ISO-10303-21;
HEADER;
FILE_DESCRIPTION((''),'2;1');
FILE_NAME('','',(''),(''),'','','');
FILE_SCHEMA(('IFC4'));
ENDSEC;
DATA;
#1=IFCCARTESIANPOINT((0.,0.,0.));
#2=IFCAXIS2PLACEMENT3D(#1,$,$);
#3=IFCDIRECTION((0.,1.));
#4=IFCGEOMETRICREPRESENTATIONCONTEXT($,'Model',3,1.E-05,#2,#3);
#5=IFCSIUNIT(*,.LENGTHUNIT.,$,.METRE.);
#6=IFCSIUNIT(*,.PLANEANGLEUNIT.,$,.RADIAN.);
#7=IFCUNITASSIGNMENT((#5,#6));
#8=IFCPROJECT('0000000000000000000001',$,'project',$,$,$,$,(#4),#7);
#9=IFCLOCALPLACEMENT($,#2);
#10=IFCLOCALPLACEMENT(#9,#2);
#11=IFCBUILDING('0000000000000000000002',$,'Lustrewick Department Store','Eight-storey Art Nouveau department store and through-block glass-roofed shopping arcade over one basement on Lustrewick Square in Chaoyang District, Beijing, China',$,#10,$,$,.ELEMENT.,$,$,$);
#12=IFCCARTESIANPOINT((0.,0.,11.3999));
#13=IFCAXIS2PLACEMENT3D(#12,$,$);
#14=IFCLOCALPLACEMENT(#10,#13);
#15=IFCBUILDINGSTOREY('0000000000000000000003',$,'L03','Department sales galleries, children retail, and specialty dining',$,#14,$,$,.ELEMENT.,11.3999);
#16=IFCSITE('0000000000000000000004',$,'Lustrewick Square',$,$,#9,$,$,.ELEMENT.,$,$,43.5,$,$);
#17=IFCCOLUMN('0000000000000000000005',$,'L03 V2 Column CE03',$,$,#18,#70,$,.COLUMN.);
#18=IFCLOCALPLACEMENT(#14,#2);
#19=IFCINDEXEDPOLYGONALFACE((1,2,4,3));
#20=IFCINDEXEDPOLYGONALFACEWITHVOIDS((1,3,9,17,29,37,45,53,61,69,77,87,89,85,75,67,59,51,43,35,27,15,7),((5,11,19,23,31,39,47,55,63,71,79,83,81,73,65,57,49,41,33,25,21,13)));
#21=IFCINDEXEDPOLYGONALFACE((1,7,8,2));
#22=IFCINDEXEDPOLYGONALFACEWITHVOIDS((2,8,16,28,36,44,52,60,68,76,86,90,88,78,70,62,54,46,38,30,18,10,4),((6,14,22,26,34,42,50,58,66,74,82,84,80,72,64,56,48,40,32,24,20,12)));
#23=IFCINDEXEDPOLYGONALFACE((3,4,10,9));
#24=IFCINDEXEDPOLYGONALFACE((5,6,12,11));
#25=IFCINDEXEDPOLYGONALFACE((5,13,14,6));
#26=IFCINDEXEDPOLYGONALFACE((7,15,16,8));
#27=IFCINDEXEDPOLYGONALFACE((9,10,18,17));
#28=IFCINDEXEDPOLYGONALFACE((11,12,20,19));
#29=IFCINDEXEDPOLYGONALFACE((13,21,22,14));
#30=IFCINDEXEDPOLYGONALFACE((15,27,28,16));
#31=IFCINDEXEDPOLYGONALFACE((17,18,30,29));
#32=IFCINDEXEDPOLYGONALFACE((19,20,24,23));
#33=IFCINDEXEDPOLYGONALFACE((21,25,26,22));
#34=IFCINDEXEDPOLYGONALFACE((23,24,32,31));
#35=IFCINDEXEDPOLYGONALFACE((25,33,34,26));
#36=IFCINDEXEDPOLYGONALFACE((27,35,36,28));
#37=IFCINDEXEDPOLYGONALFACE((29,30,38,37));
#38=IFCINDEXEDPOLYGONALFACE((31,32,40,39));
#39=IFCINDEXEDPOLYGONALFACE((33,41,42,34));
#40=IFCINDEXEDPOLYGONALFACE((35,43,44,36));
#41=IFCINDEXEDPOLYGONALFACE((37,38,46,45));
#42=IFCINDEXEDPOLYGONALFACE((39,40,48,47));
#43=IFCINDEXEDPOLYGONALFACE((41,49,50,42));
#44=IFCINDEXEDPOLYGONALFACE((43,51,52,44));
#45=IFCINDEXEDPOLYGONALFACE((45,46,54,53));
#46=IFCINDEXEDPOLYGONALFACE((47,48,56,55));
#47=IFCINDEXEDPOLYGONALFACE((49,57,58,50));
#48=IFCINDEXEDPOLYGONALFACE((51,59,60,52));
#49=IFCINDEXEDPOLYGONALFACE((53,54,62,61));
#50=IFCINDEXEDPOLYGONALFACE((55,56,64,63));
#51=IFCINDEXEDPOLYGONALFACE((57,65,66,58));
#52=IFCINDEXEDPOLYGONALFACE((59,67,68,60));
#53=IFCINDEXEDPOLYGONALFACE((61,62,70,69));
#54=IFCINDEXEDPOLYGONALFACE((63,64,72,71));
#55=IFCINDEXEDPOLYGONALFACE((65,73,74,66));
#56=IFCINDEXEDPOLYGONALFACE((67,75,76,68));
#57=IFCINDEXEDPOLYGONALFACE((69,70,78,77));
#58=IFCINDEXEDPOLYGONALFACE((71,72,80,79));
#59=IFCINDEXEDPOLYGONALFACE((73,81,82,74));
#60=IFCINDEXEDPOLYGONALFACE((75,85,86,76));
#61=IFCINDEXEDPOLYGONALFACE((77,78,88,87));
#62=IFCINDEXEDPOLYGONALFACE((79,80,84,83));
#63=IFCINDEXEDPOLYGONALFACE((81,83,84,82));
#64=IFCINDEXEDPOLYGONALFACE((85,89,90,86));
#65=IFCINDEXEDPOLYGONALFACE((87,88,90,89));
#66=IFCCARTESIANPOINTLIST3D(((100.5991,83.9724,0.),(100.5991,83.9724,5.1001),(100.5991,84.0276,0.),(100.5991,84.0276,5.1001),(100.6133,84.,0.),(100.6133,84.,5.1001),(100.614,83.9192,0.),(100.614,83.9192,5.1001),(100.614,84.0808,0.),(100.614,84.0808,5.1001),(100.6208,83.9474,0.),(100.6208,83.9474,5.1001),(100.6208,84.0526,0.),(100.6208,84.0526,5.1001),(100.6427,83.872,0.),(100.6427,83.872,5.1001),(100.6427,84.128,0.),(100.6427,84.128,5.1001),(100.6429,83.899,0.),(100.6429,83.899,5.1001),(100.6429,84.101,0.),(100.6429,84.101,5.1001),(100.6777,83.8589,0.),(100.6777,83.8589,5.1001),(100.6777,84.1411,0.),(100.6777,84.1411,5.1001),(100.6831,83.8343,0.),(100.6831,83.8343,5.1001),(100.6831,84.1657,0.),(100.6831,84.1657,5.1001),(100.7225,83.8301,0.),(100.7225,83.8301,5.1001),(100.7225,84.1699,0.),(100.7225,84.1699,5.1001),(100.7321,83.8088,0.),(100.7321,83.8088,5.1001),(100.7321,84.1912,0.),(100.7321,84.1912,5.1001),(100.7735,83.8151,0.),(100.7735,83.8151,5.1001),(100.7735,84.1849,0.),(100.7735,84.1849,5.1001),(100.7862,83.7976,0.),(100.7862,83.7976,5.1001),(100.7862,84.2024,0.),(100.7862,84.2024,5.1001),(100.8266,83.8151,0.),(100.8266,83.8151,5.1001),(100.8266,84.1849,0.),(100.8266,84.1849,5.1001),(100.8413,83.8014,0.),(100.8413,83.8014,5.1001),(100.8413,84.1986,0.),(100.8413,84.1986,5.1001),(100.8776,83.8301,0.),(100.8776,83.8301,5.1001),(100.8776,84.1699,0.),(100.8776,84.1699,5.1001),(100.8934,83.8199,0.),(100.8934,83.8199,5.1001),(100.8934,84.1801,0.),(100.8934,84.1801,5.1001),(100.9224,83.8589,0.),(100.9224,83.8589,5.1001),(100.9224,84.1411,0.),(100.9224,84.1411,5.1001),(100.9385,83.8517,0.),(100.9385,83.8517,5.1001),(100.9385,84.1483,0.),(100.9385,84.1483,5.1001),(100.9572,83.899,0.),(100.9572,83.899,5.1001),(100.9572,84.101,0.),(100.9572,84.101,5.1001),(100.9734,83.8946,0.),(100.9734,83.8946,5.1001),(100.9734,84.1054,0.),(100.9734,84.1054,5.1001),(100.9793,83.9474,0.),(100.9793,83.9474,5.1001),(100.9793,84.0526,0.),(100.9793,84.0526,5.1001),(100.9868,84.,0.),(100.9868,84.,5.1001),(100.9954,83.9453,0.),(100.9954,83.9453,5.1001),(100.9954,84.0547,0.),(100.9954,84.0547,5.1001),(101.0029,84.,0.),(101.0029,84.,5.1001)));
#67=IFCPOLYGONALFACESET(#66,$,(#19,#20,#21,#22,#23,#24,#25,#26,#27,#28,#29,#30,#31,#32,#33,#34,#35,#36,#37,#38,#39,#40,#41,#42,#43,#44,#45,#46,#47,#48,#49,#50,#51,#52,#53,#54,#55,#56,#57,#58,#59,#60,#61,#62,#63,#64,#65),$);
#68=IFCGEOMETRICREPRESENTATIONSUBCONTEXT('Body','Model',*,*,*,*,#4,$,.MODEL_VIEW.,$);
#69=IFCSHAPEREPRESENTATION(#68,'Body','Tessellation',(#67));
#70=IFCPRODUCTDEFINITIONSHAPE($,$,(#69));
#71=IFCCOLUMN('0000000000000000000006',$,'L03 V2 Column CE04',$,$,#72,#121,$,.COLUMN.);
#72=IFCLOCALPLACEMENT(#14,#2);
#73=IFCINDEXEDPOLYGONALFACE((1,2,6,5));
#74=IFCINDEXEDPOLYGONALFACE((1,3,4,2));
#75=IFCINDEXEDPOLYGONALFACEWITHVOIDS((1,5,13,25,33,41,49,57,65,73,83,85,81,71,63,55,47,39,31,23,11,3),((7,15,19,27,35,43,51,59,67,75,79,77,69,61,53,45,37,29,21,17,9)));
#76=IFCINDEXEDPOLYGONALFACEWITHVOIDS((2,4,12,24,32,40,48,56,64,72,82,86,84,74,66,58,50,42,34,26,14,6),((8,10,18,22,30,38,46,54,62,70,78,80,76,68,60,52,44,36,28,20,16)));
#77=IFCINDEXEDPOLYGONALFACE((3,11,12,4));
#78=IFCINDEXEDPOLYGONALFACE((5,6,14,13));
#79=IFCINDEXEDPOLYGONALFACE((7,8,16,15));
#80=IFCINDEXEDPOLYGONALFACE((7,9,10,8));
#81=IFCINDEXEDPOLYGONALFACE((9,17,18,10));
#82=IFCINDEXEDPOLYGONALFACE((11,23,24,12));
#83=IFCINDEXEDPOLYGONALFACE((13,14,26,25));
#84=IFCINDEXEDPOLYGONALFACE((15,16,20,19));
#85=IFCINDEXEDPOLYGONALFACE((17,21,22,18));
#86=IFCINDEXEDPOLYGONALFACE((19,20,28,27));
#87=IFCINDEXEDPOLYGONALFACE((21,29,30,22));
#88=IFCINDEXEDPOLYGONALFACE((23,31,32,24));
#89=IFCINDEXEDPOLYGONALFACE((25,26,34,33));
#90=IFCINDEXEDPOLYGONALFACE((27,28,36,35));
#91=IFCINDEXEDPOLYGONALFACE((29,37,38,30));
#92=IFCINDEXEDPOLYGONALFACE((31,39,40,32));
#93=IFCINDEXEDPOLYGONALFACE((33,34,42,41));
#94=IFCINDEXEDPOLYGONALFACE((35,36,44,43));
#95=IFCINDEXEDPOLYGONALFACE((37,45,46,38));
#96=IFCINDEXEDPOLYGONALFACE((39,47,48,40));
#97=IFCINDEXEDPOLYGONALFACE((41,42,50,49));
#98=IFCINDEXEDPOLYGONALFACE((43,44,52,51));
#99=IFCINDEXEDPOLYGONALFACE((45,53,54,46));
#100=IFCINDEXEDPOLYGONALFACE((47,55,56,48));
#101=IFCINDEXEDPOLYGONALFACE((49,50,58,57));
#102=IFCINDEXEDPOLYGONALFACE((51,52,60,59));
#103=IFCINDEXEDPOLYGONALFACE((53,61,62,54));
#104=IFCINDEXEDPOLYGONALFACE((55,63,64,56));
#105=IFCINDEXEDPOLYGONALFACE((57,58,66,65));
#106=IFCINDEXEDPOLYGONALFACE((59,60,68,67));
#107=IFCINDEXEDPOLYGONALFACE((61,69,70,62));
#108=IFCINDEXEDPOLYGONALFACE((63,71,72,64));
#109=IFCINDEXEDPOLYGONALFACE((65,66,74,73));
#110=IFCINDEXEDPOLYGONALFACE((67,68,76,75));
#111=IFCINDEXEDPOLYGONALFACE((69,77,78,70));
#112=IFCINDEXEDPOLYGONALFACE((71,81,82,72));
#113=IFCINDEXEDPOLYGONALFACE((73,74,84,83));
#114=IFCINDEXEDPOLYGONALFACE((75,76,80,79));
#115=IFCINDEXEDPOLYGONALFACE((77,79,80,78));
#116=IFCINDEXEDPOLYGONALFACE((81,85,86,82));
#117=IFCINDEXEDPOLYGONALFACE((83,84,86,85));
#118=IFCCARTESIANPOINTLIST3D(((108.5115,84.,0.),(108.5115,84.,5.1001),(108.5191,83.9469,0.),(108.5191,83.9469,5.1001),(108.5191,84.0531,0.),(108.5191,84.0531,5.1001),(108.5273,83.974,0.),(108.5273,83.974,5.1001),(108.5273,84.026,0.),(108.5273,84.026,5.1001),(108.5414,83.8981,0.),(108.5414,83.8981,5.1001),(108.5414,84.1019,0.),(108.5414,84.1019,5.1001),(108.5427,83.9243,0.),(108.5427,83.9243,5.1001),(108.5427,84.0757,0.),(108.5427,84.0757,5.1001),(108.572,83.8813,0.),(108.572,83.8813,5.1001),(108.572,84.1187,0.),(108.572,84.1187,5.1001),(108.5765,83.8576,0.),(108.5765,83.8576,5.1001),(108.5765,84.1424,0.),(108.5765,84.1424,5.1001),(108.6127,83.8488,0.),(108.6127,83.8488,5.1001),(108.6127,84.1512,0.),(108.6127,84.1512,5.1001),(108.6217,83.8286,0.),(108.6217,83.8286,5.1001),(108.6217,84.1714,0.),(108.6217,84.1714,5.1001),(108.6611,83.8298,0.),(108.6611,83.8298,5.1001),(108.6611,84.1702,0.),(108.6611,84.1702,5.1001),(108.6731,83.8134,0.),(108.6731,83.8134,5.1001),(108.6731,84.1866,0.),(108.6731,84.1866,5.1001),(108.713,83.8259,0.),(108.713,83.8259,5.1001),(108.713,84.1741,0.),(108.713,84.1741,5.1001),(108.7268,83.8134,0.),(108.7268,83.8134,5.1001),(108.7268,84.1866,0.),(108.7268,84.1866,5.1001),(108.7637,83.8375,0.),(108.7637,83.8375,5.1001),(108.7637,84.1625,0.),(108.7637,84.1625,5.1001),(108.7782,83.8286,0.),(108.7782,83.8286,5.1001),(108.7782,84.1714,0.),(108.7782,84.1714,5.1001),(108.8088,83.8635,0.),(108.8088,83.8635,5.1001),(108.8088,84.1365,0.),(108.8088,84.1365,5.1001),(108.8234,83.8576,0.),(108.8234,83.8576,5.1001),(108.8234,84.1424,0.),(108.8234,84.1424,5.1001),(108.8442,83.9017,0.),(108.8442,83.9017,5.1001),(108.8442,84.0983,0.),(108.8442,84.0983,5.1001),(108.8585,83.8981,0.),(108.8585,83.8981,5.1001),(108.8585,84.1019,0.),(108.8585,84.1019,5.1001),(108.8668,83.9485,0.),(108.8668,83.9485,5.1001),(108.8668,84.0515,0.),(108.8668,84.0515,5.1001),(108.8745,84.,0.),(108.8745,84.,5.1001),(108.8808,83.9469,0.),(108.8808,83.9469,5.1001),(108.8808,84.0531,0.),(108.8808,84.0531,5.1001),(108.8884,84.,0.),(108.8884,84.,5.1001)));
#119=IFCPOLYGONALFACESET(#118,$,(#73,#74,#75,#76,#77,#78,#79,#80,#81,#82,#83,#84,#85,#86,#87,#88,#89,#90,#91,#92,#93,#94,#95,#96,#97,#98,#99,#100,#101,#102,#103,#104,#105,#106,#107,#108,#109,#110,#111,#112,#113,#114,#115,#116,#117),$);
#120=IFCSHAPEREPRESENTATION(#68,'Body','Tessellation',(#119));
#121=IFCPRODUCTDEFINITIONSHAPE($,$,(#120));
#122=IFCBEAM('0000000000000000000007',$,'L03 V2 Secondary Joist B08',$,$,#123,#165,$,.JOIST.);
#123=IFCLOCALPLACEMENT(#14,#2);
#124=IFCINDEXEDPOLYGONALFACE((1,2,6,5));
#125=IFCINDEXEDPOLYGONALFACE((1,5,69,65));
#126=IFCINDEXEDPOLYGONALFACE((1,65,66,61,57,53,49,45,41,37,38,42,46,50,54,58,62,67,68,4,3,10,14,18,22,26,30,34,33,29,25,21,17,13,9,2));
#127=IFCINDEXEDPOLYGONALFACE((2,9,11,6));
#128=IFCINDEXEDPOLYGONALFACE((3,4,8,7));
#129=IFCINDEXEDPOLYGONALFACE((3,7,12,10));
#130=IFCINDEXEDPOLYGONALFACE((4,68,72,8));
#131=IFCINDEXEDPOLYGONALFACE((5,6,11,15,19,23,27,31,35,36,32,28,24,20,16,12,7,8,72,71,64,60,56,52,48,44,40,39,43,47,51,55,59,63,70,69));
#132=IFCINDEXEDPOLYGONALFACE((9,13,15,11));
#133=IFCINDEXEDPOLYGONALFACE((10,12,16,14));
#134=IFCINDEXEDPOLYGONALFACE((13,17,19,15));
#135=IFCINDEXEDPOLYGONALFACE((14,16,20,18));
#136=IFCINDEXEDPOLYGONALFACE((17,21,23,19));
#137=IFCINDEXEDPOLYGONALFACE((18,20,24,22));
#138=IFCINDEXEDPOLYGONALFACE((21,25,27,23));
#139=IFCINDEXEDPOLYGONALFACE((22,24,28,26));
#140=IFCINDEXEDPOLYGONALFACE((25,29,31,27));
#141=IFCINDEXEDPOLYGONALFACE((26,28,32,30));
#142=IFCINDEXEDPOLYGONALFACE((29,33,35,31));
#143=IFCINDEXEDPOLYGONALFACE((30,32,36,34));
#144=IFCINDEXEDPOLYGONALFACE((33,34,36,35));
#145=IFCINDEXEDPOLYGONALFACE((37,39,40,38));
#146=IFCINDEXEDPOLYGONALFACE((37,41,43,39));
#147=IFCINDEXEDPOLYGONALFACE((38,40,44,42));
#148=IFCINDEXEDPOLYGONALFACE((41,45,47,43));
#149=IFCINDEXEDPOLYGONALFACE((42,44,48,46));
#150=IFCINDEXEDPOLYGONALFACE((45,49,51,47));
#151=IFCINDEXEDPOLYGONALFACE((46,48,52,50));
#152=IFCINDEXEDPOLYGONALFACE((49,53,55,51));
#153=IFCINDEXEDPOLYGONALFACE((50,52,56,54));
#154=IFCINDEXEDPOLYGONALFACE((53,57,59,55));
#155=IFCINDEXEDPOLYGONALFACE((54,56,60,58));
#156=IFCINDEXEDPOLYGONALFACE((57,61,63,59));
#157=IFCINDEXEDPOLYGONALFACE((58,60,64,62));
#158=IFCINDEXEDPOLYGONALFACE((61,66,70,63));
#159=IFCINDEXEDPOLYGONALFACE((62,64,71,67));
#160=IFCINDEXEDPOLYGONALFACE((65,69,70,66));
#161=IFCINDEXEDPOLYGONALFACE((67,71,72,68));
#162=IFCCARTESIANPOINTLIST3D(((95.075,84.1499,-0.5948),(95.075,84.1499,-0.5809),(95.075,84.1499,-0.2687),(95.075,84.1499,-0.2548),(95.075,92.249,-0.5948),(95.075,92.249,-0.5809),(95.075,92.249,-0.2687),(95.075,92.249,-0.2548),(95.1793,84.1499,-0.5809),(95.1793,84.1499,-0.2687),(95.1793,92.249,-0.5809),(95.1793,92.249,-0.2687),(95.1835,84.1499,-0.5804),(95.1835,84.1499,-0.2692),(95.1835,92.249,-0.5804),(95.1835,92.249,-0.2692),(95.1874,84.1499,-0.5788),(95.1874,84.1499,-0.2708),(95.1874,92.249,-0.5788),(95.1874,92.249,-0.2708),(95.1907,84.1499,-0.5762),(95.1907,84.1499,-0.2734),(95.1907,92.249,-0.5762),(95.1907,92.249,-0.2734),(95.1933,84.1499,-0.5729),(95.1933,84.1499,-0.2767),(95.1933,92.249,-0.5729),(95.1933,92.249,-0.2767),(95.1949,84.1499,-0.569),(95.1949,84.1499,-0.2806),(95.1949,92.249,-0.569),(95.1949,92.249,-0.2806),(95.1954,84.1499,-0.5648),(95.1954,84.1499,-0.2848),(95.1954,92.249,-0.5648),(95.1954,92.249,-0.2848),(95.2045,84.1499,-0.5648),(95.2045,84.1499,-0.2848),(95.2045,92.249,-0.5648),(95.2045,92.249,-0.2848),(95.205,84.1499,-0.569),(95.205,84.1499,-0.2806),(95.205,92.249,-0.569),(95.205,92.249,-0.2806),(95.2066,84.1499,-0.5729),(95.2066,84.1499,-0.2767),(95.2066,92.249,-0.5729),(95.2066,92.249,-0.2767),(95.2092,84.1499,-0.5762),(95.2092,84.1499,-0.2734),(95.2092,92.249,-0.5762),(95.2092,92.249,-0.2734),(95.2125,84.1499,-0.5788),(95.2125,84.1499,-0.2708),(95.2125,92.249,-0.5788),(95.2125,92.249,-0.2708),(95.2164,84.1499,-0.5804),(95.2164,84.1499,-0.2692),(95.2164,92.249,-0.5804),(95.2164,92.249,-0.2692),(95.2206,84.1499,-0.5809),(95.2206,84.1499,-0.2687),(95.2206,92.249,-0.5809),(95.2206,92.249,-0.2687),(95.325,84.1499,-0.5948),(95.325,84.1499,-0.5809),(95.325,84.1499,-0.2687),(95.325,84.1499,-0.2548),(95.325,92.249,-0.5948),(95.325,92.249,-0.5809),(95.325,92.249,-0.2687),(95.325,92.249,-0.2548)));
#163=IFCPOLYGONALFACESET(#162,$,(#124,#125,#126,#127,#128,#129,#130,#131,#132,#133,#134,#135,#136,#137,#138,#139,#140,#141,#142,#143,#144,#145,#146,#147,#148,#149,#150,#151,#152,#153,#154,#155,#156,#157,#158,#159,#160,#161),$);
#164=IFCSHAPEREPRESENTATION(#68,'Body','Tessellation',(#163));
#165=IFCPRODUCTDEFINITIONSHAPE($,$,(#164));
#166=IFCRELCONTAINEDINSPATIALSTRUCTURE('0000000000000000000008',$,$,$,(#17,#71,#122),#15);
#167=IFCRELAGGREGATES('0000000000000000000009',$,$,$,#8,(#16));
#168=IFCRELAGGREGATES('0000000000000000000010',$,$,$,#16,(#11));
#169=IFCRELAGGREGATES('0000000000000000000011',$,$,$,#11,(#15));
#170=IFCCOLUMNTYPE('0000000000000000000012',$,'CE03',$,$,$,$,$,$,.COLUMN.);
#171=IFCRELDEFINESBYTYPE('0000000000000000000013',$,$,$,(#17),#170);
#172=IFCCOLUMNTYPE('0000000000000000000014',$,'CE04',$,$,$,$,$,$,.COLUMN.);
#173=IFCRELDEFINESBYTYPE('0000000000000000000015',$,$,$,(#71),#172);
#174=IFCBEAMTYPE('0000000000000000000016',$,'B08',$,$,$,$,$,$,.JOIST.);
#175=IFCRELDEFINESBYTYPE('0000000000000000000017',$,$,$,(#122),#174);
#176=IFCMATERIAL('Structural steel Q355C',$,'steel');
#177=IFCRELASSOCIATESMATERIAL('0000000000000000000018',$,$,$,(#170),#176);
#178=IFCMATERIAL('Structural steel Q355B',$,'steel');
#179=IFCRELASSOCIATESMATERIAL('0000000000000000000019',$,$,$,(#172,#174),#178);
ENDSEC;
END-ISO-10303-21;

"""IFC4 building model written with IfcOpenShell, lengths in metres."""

from ifc_helpers import new_model, si_unit, direction, frame, origin, origin_2d, place, context, subcontext, project, spatial, hollow_circle, i_section, extrude, material, material_profile, profile_set, type_object, element, save


model = new_model("IFC4")

# Units and contexts
model_context = context("Model", 3, precision=1e-05, world=origin(), true_north=direction((0.0, 1.0)))
body_context = subcontext(model_context, "Body", "Model", "MODEL_VIEW")
ifc_project = project(units=[si_unit("LENGTHUNIT", "METRE"), si_unit("PLANEANGLEUNIT", "RADIAN")], contexts=[model_context])

# Site, building, storey
site_placement = place(None, origin())
site = spatial("IfcSite", under=ifc_project, at=site_placement, Name="Lustrewick Square", CompositionType="ELEMENT", RefElevation=43.5)
building_placement = place(site_placement, origin())
building = spatial("IfcBuilding", under=site, at=building_placement, Name="Lustrewick Department Store", Description="Eight-storey Art Nouveau department store and through-block glass-roofed shopping arcade over one basement on Lustrewick Square in Chaoyang District, Beijing, China", CompositionType="ELEMENT")
storey_placement = place(building_placement, frame((0.0, 0.0, 11.3999)))
storey = spatial("IfcBuildingStorey", under=building, at=storey_placement, Name="L03", Description="Department sales galleries, children retail, and specialty dining", CompositionType="ELEMENT", Elevation=11.3999)

# Columns
ifc_material_1 = material(Name="Structural steel Q355C", Category="steel")
ifc_material_profile_1 = material_profile(ifc_material_1, hollow_circle(Radius=0.2029, WallThickness=0.0161, at=origin_2d()), Name="CHS 406x16")
ifc_profile_set_1 = profile_set([ifc_material_profile_1], Name="Structural steel Q355C")
column_type_1 = type_object("IfcColumnType", Name="CE03", PredefinedType="COLUMN", material=ifc_profile_set_1)
column_1_placement = place(storey_placement, frame((100.8, 84.0, 0.0), z_axis=(0.0, 0.0, 1.0), x_axis=(1.0, 0.0, 0.0)))
element("IfcColumn", 1, at=column_1_placement, inside=storey, type_object=column_type_1, Name="L03 V2 Column CE03", PredefinedType="COLUMN", context=body_context, shape_type="SweptSolid", body=[
    extrude(hollow_circle(Radius=0.2029, WallThickness=0.0161, at=origin_2d()), origin(), (0.0, 0.0, 1.0), 5.1001),
])
ifc_material_2 = material(Name="Structural steel Q355B", Category="steel")
ifc_material_profile_2 = material_profile(ifc_material_2, hollow_circle(Radius=0.1885, WallThickness=0.0139, at=origin_2d()), Name="CHS 377x14")
ifc_profile_set_2 = profile_set([ifc_material_profile_2], Name="Structural steel Q355B")
column_type_2 = type_object("IfcColumnType", Name="CE04", PredefinedType="COLUMN", material=ifc_profile_set_2)
column_2_placement = place(storey_placement, frame((108.7, 84.0, 0.0), z_axis=(0.0, 0.0, 1.0), x_axis=(1.0, 0.0, 0.0)))
element("IfcColumn", 2, at=column_2_placement, inside=storey, type_object=column_type_2, Name="L03 V2 Column CE04", PredefinedType="COLUMN", context=body_context, shape_type="SweptSolid", body=[
    extrude(hollow_circle(Radius=0.1885, WallThickness=0.0139, at=origin_2d()), origin(), (0.0, 0.0, 1.0), 5.1001),
])

# Beam
ifc_material_profile_3 = material_profile(ifc_material_2, i_section(OverallWidth=0.25, OverallDepth=0.3401, WebThickness=0.009, FlangeThickness=0.0139, FilletRadius=0.0161, at=origin_2d()), Name="HM 340x250x9x14")
ifc_profile_set_3 = profile_set([ifc_material_profile_3], Name="Structural steel Q355B")
beam_type_1 = type_object("IfcBeamType", Name="B08", PredefinedType="JOIST", material=ifc_profile_set_3)
beam_1_placement = place(storey_placement, frame((95.2, 84.1499, -0.4248), z_axis=(0.0, 1.0, 0.0), x_axis=(-1.0, 0.0, 0.0)))
element("IfcBeam", 3, at=beam_1_placement, inside=storey, type_object=beam_type_1, Name="L03 V2 Secondary Joist B08", PredefinedType="JOIST", context=body_context, shape_type="SweptSolid", body=[
    extrude(i_section(OverallWidth=0.25, OverallDepth=0.3401, WebThickness=0.009, FlangeThickness=0.0139, FilletRadius=0.0161, at=origin_2d()), origin(), (0.0, 0.0, 1.0), 8.0991),
])

save(model, "model.ifc")
